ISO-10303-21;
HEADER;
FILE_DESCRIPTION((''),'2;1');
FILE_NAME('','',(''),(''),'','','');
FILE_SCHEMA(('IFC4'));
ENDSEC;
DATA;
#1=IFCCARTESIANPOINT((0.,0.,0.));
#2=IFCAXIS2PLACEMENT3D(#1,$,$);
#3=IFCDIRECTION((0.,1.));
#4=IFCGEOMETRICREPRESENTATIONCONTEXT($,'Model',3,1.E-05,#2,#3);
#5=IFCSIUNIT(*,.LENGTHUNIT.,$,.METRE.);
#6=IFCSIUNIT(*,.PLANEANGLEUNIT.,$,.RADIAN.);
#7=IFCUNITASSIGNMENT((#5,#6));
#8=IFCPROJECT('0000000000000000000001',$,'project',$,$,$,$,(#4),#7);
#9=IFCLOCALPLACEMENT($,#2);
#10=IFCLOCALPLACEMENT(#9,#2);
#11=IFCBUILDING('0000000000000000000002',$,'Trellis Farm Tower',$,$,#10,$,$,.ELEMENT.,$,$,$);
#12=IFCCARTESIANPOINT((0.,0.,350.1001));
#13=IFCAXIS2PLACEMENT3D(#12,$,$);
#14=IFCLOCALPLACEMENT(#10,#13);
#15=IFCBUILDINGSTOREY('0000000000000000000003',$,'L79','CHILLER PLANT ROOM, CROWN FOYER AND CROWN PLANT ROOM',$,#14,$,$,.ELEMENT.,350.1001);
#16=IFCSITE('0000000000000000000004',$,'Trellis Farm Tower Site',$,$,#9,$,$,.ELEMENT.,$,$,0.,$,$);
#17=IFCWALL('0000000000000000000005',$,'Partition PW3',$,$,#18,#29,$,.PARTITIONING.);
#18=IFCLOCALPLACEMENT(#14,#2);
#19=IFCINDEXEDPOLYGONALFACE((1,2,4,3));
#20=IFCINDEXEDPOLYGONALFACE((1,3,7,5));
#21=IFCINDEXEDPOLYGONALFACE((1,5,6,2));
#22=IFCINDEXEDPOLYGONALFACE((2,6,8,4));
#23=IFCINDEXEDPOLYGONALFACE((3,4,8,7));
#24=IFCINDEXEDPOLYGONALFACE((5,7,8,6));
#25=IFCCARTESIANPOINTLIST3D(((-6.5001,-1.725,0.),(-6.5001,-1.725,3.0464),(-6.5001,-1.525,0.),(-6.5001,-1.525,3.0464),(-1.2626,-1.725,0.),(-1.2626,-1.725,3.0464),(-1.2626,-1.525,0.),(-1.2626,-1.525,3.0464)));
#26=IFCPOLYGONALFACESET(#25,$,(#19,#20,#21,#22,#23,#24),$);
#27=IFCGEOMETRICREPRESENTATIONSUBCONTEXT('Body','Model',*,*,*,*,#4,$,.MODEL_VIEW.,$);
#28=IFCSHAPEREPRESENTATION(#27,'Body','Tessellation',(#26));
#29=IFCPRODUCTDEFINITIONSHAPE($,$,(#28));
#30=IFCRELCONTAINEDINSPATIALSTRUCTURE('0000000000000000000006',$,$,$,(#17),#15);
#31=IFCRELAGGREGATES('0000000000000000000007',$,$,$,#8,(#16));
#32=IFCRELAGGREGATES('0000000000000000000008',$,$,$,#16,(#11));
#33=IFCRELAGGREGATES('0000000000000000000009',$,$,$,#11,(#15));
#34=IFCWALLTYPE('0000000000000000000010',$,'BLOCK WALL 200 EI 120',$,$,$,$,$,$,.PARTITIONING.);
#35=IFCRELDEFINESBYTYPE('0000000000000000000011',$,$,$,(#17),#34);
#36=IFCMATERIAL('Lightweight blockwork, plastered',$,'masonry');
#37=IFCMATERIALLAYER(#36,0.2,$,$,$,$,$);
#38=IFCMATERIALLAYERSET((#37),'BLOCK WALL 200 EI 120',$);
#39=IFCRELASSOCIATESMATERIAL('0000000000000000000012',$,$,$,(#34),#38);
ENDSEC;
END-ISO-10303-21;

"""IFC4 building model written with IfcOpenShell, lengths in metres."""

from ifc_helpers import new_model, si_unit, direction, frame, frame_2d, origin, place, context, subcontext, project, spatial, rectangle, extrude, source, transform, mapped, material, layer, layer_set, type_object, element, save


model = new_model("IFC4")

# Units and contexts
model_context = context("Model", 3, precision=1e-05, world=origin(), true_north=direction((0.0, 1.0)))
body_context = subcontext(model_context, "Body", "Model", "MODEL_VIEW")
ifc_project = project(units=[si_unit("LENGTHUNIT", "METRE"), si_unit("PLANEANGLEUNIT", "RADIAN")], contexts=[model_context])

# Site, building, storey
site_placement = place(None, origin())
site = spatial("IfcSite", under=ifc_project, at=site_placement, Name="Trellis Farm Tower Site", CompositionType="ELEMENT", RefElevation=0.0)
building_placement = place(site_placement, origin())
building = spatial("IfcBuilding", under=site, at=building_placement, Name="Trellis Farm Tower", CompositionType="ELEMENT")
storey_placement = place(building_placement, frame((0.0, 0.0, 350.1001)))
storey = spatial("IfcBuildingStorey", under=building, at=storey_placement, Name="L79", Description="CHILLER PLANT ROOM, CROWN FOYER AND CROWN PLANT ROOM", CompositionType="ELEMENT", Elevation=350.1001)

# Wall
ifc_material_1 = material(Name="Lightweight blockwork, plastered", Category="masonry")
ifc_layer_1 = layer(ifc_material_1, 0.2)
ifc_layer_set_1 = layer_set([ifc_layer_1], Name="BLOCK WALL 200 EI 120")
wall_type_1 = type_object("IfcWallType", Name="BLOCK WALL 200 EI 120", PredefinedType="PARTITIONING", material=ifc_layer_set_1)
shared_shape_1 = source(origin(), body_context, "Body", "SweptSolid", [
    extrude(rectangle(XDim=5.2375, YDim=0.2, at=frame_2d((2.6187, 0.0))), origin(), (0.0, 0.0, 1.0), 3.0464),
])
wall_1_placement = place(storey_placement, frame((-6.5, -1.625, 0.0), z_axis=(0.0, 0.0, 1.0), x_axis=(1.0, 0.0, 0.0)))
element("IfcWall", 1, at=wall_1_placement, inside=storey, type_object=wall_type_1, Name="Partition PW3", PredefinedType="PARTITIONING", context=body_context, shape_type="MappedRepresentation", body=[
    mapped(shared_shape_1, transform((0.0, 0.0, 0.0))),
])

save(model, "model.ifc")
